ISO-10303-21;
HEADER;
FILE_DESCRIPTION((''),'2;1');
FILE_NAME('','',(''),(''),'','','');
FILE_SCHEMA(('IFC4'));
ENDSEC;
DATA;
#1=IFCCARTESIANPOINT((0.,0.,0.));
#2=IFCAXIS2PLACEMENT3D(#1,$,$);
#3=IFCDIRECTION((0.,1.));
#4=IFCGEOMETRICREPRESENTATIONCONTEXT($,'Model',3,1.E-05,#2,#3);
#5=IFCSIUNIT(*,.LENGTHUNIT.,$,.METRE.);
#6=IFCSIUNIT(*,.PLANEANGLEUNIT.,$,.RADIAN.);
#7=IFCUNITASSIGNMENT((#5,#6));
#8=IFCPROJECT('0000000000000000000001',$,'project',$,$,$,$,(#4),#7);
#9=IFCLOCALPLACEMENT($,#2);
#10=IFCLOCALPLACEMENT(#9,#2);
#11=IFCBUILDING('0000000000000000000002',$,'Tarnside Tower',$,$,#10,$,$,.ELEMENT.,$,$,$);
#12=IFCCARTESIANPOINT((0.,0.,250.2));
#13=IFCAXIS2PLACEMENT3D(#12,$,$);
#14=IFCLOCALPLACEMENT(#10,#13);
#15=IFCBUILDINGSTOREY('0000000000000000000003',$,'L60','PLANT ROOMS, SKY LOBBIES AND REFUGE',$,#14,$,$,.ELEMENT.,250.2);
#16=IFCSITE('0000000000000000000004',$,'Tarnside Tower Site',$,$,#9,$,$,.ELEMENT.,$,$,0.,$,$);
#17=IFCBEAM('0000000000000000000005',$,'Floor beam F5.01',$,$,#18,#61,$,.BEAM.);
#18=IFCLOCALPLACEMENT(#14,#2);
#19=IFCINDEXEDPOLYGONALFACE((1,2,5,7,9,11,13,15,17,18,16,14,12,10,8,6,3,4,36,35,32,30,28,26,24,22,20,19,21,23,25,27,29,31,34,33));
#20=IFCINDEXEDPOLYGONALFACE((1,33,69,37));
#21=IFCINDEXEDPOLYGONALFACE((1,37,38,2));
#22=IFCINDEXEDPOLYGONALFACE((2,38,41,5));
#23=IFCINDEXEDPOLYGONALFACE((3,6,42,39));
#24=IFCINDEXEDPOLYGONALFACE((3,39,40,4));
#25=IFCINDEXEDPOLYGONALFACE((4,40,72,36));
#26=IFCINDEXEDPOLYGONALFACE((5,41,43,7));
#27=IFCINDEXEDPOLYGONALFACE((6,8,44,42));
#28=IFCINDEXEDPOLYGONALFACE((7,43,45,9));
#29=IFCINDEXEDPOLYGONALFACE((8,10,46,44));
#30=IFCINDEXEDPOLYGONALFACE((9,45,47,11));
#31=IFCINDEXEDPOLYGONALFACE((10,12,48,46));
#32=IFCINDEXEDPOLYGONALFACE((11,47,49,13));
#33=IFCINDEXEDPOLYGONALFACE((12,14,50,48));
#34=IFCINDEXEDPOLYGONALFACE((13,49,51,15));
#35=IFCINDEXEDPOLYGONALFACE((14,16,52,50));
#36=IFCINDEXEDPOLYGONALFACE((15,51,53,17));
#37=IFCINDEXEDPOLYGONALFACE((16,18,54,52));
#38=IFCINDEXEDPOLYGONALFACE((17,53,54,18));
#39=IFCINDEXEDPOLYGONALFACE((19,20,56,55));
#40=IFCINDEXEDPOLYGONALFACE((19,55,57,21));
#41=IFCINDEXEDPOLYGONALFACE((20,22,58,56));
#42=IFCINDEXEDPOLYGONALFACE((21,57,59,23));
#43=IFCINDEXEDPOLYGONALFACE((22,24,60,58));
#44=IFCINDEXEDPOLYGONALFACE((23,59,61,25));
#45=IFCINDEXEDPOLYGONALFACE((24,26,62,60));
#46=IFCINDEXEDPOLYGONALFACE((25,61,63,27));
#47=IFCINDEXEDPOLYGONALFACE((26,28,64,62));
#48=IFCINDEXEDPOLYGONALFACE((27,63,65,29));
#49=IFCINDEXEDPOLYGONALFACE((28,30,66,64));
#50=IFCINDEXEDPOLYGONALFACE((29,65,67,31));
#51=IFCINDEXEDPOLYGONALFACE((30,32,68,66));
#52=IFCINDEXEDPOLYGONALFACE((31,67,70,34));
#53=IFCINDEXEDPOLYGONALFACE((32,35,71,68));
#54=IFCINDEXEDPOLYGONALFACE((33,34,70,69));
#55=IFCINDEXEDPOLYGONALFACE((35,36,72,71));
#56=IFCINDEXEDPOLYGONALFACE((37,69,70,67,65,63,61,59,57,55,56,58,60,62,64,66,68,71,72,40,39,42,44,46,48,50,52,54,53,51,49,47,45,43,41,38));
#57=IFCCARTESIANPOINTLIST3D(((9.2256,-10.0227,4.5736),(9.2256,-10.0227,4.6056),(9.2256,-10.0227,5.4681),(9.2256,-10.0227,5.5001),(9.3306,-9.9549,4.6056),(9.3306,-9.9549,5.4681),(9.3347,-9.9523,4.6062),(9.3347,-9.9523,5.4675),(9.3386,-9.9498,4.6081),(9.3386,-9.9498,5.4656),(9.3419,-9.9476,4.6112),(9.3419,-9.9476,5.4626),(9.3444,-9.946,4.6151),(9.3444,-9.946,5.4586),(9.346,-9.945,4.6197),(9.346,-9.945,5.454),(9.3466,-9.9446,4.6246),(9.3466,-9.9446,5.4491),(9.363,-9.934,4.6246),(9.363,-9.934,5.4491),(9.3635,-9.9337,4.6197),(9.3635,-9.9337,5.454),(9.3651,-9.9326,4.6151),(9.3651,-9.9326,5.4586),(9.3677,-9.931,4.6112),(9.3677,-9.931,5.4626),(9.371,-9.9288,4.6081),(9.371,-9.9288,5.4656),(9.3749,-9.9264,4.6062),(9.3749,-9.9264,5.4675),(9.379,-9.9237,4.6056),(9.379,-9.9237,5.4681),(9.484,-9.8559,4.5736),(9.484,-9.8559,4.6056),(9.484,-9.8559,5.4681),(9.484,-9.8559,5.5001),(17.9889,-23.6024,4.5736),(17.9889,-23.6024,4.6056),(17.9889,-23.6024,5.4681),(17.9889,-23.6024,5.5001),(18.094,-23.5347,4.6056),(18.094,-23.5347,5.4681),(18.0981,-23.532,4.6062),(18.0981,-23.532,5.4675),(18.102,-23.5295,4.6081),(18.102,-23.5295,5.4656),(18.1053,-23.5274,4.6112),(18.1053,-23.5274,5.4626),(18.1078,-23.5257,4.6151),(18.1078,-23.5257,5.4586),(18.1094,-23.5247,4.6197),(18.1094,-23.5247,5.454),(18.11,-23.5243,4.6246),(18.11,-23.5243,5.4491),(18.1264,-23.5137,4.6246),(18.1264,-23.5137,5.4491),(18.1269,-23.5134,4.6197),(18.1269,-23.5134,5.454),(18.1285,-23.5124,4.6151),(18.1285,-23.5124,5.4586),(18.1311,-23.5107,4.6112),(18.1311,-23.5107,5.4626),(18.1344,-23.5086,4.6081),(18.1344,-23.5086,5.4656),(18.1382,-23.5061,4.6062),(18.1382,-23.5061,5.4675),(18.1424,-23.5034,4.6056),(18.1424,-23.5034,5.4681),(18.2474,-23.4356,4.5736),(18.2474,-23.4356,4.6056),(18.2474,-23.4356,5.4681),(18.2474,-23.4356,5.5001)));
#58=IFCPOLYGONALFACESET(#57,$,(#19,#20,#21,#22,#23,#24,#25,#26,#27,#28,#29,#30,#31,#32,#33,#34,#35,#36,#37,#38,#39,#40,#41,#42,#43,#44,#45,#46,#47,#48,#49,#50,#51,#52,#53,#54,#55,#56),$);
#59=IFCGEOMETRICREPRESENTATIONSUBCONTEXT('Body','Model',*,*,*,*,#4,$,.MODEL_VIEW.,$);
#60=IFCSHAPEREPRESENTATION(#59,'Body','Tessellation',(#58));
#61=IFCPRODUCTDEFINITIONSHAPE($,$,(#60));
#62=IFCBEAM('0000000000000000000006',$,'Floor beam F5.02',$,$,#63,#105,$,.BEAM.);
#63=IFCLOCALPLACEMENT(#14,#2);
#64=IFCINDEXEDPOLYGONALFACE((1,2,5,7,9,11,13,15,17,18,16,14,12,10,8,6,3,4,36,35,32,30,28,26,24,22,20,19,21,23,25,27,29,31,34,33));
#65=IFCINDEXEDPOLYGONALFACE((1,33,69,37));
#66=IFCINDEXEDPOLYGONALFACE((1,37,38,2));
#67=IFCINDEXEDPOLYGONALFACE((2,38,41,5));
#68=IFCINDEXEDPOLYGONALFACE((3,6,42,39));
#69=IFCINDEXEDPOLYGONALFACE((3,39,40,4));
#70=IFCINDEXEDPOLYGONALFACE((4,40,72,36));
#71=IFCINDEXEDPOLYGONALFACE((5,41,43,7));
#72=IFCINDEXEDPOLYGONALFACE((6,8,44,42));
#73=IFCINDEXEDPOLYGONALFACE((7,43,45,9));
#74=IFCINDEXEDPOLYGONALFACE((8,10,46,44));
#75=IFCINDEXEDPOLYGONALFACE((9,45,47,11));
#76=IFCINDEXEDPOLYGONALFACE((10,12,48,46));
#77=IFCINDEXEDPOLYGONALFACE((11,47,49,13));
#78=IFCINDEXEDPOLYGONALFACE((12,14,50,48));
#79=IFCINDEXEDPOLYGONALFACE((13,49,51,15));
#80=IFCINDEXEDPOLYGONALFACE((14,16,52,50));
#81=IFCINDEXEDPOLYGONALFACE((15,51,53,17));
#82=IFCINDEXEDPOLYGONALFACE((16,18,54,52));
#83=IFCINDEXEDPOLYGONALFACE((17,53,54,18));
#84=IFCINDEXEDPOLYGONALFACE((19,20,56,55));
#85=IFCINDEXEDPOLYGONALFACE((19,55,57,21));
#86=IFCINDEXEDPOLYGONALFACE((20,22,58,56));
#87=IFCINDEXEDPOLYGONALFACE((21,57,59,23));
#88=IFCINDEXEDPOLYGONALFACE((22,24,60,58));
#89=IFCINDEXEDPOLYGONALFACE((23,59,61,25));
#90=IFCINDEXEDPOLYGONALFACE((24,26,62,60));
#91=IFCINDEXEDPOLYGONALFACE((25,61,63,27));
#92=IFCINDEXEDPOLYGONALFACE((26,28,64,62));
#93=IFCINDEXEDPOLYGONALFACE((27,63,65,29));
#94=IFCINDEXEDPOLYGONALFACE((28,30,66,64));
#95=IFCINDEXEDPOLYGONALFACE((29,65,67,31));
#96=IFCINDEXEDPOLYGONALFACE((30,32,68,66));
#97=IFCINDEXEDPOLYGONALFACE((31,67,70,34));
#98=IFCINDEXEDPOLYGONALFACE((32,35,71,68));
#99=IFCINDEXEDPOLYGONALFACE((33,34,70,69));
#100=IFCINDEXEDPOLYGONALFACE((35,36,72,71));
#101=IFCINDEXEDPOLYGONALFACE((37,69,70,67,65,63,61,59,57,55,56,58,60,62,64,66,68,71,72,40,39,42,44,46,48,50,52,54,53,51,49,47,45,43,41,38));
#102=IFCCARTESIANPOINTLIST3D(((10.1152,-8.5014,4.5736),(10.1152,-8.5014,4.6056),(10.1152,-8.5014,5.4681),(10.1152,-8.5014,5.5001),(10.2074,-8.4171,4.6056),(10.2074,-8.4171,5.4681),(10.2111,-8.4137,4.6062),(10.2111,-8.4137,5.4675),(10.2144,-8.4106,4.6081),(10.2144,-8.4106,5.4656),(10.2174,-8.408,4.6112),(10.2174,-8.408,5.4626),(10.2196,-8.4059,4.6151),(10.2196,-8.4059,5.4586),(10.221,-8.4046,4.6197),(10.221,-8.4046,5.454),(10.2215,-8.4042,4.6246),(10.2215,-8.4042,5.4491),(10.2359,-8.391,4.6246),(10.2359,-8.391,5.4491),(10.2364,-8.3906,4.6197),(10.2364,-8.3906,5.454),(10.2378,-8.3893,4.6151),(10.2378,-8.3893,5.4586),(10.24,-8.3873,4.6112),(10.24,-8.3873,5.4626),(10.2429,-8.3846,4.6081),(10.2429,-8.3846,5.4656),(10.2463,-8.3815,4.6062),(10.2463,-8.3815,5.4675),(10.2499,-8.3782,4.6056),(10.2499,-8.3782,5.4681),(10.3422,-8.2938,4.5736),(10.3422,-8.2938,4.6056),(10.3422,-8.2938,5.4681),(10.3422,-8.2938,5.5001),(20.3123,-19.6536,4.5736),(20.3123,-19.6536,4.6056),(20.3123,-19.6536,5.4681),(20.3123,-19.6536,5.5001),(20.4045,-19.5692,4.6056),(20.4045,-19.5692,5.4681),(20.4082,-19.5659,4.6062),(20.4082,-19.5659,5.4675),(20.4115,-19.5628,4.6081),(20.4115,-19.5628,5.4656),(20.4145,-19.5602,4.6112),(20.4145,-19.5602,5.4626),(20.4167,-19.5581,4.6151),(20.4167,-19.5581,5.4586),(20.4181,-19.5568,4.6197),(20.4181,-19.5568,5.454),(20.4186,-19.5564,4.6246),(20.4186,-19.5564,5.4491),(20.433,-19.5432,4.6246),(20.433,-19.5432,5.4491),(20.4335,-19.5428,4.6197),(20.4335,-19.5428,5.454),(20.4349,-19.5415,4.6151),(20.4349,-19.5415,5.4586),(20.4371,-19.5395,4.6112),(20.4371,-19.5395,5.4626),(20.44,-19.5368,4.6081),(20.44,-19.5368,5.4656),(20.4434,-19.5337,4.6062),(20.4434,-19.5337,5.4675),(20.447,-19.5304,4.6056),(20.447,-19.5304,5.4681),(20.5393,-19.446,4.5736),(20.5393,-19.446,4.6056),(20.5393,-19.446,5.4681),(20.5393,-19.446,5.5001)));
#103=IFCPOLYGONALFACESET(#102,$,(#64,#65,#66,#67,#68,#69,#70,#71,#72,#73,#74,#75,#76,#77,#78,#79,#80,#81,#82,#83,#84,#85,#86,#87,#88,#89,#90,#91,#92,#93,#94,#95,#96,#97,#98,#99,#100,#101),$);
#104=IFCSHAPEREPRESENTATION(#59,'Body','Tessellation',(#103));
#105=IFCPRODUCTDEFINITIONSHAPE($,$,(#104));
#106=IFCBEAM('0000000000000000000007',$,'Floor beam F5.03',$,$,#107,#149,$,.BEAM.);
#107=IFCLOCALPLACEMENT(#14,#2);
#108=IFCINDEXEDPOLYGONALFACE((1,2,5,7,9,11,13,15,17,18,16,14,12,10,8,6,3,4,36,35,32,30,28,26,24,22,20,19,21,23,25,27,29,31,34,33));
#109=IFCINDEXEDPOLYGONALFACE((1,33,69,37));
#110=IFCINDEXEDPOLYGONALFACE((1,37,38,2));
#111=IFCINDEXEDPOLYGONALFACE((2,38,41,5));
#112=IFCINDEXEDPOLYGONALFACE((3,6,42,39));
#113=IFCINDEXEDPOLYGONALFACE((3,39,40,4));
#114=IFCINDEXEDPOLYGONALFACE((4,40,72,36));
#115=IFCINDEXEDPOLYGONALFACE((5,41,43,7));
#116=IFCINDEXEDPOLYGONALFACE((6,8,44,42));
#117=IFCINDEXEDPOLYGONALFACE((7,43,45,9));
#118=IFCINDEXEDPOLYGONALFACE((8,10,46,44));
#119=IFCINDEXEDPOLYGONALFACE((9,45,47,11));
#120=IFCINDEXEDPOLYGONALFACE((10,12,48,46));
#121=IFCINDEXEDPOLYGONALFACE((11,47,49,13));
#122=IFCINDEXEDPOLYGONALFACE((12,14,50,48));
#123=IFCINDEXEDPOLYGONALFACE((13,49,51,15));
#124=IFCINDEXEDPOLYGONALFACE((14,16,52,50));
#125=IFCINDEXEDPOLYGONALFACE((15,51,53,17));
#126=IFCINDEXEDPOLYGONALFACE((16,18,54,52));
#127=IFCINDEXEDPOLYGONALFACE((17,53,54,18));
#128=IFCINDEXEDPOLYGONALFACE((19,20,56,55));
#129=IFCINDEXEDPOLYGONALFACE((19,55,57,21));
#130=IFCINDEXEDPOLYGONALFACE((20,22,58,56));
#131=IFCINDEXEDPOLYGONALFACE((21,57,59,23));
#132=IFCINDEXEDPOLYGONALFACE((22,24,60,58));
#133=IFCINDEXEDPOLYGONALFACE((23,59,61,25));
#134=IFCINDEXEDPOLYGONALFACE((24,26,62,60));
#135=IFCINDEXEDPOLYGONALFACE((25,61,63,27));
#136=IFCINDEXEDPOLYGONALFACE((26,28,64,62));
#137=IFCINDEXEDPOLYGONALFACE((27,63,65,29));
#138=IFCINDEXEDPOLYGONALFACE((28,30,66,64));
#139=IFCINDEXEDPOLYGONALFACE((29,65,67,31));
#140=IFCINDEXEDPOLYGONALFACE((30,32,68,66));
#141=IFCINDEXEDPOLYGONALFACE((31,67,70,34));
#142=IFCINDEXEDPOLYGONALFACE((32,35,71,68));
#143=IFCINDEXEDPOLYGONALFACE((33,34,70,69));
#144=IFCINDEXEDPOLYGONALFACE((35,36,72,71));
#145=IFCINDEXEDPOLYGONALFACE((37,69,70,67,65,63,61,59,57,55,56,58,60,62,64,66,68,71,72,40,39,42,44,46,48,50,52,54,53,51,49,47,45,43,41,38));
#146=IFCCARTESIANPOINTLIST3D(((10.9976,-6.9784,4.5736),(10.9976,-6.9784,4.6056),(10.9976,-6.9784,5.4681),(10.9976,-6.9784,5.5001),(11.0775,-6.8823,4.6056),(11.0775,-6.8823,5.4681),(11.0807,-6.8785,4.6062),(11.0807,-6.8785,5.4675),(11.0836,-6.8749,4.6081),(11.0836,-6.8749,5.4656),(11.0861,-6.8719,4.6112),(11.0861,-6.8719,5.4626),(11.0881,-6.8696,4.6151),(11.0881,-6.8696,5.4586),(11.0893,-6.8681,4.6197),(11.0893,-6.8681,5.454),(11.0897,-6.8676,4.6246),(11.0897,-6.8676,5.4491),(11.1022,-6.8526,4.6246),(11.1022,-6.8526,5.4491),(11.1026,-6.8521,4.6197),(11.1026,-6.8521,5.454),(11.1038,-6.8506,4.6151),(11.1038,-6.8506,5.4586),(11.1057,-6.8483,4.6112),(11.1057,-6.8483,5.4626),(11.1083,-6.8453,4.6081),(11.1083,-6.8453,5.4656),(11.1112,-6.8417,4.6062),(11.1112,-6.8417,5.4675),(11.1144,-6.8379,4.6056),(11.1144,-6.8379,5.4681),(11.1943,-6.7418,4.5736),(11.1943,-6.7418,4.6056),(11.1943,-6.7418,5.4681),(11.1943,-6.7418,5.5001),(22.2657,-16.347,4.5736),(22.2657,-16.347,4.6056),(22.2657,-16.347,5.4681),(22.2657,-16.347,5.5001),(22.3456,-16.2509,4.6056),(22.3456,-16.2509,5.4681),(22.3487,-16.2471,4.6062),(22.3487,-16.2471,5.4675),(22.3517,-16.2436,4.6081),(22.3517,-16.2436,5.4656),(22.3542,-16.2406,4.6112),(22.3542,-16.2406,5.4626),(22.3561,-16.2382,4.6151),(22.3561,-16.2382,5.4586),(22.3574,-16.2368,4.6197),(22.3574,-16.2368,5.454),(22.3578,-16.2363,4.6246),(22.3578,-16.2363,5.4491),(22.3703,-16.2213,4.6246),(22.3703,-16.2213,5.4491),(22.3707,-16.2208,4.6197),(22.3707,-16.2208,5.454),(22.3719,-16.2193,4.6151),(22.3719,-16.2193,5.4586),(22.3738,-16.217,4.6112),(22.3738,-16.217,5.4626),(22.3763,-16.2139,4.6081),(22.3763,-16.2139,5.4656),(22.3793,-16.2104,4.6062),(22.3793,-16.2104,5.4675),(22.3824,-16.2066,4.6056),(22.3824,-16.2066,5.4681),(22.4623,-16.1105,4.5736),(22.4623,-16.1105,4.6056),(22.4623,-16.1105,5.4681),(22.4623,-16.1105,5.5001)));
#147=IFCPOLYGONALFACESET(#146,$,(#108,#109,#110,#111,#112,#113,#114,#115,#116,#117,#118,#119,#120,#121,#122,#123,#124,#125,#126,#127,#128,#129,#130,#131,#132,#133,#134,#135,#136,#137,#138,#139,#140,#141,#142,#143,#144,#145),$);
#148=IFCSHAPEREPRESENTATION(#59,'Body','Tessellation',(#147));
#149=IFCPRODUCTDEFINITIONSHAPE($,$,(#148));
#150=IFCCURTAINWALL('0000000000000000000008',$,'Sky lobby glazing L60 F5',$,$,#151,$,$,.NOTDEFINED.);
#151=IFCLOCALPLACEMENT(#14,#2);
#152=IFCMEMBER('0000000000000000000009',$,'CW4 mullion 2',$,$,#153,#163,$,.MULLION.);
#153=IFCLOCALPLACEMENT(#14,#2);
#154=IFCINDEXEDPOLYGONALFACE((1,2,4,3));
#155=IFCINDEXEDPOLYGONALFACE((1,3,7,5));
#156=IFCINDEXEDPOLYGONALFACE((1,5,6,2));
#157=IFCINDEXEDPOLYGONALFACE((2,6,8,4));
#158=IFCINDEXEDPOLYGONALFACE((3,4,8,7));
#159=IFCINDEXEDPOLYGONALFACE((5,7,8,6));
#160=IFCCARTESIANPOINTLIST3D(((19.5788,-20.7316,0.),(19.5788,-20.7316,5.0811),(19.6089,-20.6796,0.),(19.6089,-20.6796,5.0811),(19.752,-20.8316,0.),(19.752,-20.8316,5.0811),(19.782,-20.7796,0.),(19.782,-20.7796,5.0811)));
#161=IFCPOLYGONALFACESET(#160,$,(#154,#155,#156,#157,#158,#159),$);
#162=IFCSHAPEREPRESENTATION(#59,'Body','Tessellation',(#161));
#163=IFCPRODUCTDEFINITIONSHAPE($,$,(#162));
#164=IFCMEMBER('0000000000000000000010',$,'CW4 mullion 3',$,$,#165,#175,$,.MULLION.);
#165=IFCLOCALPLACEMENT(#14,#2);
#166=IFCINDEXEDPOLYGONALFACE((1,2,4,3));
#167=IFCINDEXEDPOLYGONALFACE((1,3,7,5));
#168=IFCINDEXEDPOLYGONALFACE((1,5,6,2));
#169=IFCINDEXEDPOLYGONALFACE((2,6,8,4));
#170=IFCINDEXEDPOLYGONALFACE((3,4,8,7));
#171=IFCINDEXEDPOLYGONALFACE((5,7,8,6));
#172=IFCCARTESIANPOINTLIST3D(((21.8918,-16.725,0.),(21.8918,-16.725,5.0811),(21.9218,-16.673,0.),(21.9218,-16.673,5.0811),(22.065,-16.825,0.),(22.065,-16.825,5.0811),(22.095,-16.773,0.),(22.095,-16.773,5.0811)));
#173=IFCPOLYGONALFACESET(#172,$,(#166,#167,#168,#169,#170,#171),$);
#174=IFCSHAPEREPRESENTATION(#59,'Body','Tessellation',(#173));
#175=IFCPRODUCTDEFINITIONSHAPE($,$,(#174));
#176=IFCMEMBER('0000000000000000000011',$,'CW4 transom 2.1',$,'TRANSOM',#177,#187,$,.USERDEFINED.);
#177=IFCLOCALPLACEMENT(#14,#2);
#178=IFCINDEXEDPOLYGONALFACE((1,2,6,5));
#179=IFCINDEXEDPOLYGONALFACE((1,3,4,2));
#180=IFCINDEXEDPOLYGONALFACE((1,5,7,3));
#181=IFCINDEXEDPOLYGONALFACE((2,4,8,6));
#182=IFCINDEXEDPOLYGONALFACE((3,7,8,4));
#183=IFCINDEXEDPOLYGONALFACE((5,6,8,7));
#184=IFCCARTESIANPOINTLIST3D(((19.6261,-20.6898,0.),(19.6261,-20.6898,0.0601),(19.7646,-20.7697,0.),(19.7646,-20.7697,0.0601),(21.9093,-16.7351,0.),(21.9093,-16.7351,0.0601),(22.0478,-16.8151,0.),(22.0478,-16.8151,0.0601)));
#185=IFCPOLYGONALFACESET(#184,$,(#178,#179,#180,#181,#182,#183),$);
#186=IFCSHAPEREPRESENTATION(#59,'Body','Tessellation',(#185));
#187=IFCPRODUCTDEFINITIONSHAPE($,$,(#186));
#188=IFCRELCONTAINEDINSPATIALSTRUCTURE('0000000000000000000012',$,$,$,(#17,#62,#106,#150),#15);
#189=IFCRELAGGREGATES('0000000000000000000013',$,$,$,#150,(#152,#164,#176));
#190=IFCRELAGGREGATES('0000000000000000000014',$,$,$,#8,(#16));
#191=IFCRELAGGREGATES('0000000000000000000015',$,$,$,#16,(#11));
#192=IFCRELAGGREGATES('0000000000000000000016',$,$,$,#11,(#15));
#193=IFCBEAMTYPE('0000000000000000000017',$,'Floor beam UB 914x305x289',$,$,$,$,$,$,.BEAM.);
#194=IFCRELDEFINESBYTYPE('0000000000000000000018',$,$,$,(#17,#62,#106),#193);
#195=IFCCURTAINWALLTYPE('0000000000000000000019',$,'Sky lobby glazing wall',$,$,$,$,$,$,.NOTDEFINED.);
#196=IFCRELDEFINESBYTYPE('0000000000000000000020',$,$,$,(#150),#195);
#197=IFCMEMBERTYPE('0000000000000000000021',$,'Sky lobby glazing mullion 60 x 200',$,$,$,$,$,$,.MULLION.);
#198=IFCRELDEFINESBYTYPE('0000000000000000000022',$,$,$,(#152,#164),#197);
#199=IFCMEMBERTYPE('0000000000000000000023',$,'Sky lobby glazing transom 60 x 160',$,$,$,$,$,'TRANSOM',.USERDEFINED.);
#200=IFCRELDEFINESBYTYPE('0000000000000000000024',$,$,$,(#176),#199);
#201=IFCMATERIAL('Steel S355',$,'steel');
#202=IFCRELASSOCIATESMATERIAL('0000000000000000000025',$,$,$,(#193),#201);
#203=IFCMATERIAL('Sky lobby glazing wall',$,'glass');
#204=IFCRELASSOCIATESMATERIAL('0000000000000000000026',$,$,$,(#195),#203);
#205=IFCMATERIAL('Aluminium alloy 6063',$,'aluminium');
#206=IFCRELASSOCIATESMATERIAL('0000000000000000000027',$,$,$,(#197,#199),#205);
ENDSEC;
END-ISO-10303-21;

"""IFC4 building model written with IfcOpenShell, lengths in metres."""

from ifc_helpers import new_model, si_unit, direction, frame, origin, origin_2d, place, context, subcontext, project, spatial, rectangle, i_section, extrude, material, material_profile, profile_set, type_object, element, aggregate, save


model = new_model("IFC4")

# Units and contexts
model_context = context("Model", 3, precision=1e-05, world=origin(), true_north=direction((0.0, 1.0)))
body_context = subcontext(model_context, "Body", "Model", "MODEL_VIEW")
ifc_project = project(units=[si_unit("LENGTHUNIT", "METRE"), si_unit("PLANEANGLEUNIT", "RADIAN")], contexts=[model_context])

# Site, building, storey
site_placement = place(None, origin())
site = spatial("IfcSite", under=ifc_project, at=site_placement, Name="Tarnside Tower Site", CompositionType="ELEMENT", RefElevation=0.0)
building_placement = place(site_placement, origin())
building = spatial("IfcBuilding", under=site, at=building_placement, Name="Tarnside Tower", CompositionType="ELEMENT")
storey_placement = place(building_placement, frame((0.0, 0.0, 250.2)))
storey = spatial("IfcBuildingStorey", under=building, at=storey_placement, Name="L60", Description="PLANT ROOMS, SKY LOBBIES AND REFUGE", CompositionType="ELEMENT", Elevation=250.2)

# Beams
ifc_material_1 = material(Name="Steel S355", Category="steel")
ifc_material_profile_1 = material_profile(ifc_material_1, i_section(OverallWidth=0.3076, OverallDepth=0.9265, WebThickness=0.0195, FlangeThickness=0.032, FilletRadius=0.019, at=origin_2d()), Name="UB 914x305x289")
ifc_profile_set_1 = profile_set([ifc_material_profile_1], Name="Steel S355")
beam_type = type_object("IfcBeamType", Name="Floor beam UB 914x305x289", PredefinedType="BEAM", material=ifc_profile_set_1)
beam_1_placement = place(storey_placement, frame((18.1182, -23.519, 5.0369), z_axis=(-0.542225, 0.840233, 0.0), x_axis=(-0.840233, -0.542225, 0.0)))
element("IfcBeam", 1, at=beam_1_placement, inside=storey, type_object=beam_type, Name="Floor beam F5.01", PredefinedType="BEAM", context=body_context, shape_type="SweptSolid", body=[
    extrude(i_section(OverallWidth=0.3076, OverallDepth=0.9265, WebThickness=0.0195, FlangeThickness=0.032, FilletRadius=0.019, at=origin_2d()), origin(), (0.0, 0.0, 1.0), 16.1619),
])
beam_2_placement = place(storey_placement, frame((20.4258, -19.5498, 5.0369), z_axis=(-0.674799, 0.738002, 0.0), x_axis=(-0.738002, -0.674799, 0.0)))
element("IfcBeam", 2, at=beam_2_placement, inside=storey, type_object=beam_type, Name="Floor beam F5.02", PredefinedType="BEAM", context=body_context, shape_type="SweptSolid", body=[
    extrude(i_section(OverallWidth=0.3076, OverallDepth=0.9265, WebThickness=0.0195, FlangeThickness=0.032, FilletRadius=0.019, at=origin_2d()), origin(), (0.0, 0.0, 1.0), 15.1113),
])
beam_3_placement = place(storey_placement, frame((22.364, -16.2288, 5.0369), z_axis=(-0.768939, 0.639322, 0.0), x_axis=(-0.639322, -0.768939, 0.0)))
element("IfcBeam", 3, at=beam_3_placement, inside=storey, type_object=beam_type, Name="Floor beam F5.03", PredefinedType="BEAM", context=body_context, shape_type="SweptSolid", body=[
    extrude(i_section(OverallWidth=0.3076, OverallDepth=0.9265, WebThickness=0.0195, FlangeThickness=0.032, FilletRadius=0.019, at=origin_2d()), origin(), (0.0, 0.0, 1.0), 14.6541),
])

# Curtain wall, members
ifc_material_2 = material(Name="Sky lobby glazing wall", Category="glass")
curtain_wall_type = type_object("IfcCurtainWallType", Name="Sky lobby glazing wall", PredefinedType="NOTDEFINED", material=ifc_material_2)
curtain_wall_placement = place(storey_placement, origin())
curtain_wall = element("IfcCurtainWall", 4, at=curtain_wall_placement, inside=storey, type_object=curtain_wall_type, Name="Sky lobby glazing L60 F5", PredefinedType="NOTDEFINED")
ifc_material_3 = material(Name="Aluminium alloy 6063", Category="aluminium")
ifc_material_profile_2 = material_profile(ifc_material_3, rectangle(XDim=0.2, YDim=0.0601, at=origin_2d()), Name="Sky lobby glazing mullion 60 x 200")
ifc_profile_set_2 = profile_set([ifc_material_profile_2], Name="Aluminium alloy 6063")
member_type_1 = type_object("IfcMemberType", Name="Sky lobby glazing mullion 60 x 200", PredefinedType="MULLION", material=ifc_profile_set_2)
member_1_placement = place(storey_placement, frame((19.6804, -20.7556, 0.0), z_axis=(0.0, 0.0, 1.0), x_axis=(-0.866025, 0.5, 0.0)))
member_1 = element("IfcMember", 5, at=member_1_placement, type_object=member_type_1, Name="CW4 mullion 2", PredefinedType="MULLION", context=body_context, shape_type="SweptSolid", body=[
    extrude(rectangle(XDim=0.2, YDim=0.0601, at=origin_2d()), origin(), (0.0, 0.0, 1.0), 5.0811),
])
member_2_placement = place(storey_placement, frame((21.9934, -16.749, 0.0), z_axis=(0.0, 0.0, 1.0), x_axis=(-0.866025, 0.5, 0.0)))
member_2 = element("IfcMember", 6, at=member_2_placement, type_object=member_type_1, Name="CW4 mullion 3", PredefinedType="MULLION", context=body_context, shape_type="SweptSolid", body=[
    extrude(rectangle(XDim=0.2, YDim=0.0601, at=origin_2d()), origin(), (0.0, 0.0, 1.0), 5.0811),
])
ifc_material_profile_3 = material_profile(ifc_material_3, rectangle(XDim=0.1599, YDim=0.0601, at=origin_2d()), Name="Sky lobby glazing transom 60 x 160")
ifc_profile_set_3 = profile_set([ifc_material_profile_3], Name="Aluminium alloy 6063")
member_type_2 = type_object("IfcMemberType", Name="Sky lobby glazing transom 60 x 160", ElementType="TRANSOM", PredefinedType="USERDEFINED", material=ifc_profile_set_3)
member_3_placement = place(storey_placement, frame((19.6953, -20.7297, 0.03), z_axis=(0.500003, 0.866024, 0.0), x_axis=(-0.866024, 0.500003, 0.0)))
member_3 = element("IfcMember", 7, at=member_3_placement, type_object=member_type_2, Name="CW4 transom 2.1", ObjectType="TRANSOM", PredefinedType="USERDEFINED", context=body_context, shape_type="SweptSolid", body=[
    extrude(rectangle(XDim=0.1599, YDim=0.0601, at=origin_2d()), origin(), (0.0, 0.0, 1.0), 4.5664),
])

aggregate(curtain_wall, [member_1, member_2, member_3])

save(model, "model.ifc")
